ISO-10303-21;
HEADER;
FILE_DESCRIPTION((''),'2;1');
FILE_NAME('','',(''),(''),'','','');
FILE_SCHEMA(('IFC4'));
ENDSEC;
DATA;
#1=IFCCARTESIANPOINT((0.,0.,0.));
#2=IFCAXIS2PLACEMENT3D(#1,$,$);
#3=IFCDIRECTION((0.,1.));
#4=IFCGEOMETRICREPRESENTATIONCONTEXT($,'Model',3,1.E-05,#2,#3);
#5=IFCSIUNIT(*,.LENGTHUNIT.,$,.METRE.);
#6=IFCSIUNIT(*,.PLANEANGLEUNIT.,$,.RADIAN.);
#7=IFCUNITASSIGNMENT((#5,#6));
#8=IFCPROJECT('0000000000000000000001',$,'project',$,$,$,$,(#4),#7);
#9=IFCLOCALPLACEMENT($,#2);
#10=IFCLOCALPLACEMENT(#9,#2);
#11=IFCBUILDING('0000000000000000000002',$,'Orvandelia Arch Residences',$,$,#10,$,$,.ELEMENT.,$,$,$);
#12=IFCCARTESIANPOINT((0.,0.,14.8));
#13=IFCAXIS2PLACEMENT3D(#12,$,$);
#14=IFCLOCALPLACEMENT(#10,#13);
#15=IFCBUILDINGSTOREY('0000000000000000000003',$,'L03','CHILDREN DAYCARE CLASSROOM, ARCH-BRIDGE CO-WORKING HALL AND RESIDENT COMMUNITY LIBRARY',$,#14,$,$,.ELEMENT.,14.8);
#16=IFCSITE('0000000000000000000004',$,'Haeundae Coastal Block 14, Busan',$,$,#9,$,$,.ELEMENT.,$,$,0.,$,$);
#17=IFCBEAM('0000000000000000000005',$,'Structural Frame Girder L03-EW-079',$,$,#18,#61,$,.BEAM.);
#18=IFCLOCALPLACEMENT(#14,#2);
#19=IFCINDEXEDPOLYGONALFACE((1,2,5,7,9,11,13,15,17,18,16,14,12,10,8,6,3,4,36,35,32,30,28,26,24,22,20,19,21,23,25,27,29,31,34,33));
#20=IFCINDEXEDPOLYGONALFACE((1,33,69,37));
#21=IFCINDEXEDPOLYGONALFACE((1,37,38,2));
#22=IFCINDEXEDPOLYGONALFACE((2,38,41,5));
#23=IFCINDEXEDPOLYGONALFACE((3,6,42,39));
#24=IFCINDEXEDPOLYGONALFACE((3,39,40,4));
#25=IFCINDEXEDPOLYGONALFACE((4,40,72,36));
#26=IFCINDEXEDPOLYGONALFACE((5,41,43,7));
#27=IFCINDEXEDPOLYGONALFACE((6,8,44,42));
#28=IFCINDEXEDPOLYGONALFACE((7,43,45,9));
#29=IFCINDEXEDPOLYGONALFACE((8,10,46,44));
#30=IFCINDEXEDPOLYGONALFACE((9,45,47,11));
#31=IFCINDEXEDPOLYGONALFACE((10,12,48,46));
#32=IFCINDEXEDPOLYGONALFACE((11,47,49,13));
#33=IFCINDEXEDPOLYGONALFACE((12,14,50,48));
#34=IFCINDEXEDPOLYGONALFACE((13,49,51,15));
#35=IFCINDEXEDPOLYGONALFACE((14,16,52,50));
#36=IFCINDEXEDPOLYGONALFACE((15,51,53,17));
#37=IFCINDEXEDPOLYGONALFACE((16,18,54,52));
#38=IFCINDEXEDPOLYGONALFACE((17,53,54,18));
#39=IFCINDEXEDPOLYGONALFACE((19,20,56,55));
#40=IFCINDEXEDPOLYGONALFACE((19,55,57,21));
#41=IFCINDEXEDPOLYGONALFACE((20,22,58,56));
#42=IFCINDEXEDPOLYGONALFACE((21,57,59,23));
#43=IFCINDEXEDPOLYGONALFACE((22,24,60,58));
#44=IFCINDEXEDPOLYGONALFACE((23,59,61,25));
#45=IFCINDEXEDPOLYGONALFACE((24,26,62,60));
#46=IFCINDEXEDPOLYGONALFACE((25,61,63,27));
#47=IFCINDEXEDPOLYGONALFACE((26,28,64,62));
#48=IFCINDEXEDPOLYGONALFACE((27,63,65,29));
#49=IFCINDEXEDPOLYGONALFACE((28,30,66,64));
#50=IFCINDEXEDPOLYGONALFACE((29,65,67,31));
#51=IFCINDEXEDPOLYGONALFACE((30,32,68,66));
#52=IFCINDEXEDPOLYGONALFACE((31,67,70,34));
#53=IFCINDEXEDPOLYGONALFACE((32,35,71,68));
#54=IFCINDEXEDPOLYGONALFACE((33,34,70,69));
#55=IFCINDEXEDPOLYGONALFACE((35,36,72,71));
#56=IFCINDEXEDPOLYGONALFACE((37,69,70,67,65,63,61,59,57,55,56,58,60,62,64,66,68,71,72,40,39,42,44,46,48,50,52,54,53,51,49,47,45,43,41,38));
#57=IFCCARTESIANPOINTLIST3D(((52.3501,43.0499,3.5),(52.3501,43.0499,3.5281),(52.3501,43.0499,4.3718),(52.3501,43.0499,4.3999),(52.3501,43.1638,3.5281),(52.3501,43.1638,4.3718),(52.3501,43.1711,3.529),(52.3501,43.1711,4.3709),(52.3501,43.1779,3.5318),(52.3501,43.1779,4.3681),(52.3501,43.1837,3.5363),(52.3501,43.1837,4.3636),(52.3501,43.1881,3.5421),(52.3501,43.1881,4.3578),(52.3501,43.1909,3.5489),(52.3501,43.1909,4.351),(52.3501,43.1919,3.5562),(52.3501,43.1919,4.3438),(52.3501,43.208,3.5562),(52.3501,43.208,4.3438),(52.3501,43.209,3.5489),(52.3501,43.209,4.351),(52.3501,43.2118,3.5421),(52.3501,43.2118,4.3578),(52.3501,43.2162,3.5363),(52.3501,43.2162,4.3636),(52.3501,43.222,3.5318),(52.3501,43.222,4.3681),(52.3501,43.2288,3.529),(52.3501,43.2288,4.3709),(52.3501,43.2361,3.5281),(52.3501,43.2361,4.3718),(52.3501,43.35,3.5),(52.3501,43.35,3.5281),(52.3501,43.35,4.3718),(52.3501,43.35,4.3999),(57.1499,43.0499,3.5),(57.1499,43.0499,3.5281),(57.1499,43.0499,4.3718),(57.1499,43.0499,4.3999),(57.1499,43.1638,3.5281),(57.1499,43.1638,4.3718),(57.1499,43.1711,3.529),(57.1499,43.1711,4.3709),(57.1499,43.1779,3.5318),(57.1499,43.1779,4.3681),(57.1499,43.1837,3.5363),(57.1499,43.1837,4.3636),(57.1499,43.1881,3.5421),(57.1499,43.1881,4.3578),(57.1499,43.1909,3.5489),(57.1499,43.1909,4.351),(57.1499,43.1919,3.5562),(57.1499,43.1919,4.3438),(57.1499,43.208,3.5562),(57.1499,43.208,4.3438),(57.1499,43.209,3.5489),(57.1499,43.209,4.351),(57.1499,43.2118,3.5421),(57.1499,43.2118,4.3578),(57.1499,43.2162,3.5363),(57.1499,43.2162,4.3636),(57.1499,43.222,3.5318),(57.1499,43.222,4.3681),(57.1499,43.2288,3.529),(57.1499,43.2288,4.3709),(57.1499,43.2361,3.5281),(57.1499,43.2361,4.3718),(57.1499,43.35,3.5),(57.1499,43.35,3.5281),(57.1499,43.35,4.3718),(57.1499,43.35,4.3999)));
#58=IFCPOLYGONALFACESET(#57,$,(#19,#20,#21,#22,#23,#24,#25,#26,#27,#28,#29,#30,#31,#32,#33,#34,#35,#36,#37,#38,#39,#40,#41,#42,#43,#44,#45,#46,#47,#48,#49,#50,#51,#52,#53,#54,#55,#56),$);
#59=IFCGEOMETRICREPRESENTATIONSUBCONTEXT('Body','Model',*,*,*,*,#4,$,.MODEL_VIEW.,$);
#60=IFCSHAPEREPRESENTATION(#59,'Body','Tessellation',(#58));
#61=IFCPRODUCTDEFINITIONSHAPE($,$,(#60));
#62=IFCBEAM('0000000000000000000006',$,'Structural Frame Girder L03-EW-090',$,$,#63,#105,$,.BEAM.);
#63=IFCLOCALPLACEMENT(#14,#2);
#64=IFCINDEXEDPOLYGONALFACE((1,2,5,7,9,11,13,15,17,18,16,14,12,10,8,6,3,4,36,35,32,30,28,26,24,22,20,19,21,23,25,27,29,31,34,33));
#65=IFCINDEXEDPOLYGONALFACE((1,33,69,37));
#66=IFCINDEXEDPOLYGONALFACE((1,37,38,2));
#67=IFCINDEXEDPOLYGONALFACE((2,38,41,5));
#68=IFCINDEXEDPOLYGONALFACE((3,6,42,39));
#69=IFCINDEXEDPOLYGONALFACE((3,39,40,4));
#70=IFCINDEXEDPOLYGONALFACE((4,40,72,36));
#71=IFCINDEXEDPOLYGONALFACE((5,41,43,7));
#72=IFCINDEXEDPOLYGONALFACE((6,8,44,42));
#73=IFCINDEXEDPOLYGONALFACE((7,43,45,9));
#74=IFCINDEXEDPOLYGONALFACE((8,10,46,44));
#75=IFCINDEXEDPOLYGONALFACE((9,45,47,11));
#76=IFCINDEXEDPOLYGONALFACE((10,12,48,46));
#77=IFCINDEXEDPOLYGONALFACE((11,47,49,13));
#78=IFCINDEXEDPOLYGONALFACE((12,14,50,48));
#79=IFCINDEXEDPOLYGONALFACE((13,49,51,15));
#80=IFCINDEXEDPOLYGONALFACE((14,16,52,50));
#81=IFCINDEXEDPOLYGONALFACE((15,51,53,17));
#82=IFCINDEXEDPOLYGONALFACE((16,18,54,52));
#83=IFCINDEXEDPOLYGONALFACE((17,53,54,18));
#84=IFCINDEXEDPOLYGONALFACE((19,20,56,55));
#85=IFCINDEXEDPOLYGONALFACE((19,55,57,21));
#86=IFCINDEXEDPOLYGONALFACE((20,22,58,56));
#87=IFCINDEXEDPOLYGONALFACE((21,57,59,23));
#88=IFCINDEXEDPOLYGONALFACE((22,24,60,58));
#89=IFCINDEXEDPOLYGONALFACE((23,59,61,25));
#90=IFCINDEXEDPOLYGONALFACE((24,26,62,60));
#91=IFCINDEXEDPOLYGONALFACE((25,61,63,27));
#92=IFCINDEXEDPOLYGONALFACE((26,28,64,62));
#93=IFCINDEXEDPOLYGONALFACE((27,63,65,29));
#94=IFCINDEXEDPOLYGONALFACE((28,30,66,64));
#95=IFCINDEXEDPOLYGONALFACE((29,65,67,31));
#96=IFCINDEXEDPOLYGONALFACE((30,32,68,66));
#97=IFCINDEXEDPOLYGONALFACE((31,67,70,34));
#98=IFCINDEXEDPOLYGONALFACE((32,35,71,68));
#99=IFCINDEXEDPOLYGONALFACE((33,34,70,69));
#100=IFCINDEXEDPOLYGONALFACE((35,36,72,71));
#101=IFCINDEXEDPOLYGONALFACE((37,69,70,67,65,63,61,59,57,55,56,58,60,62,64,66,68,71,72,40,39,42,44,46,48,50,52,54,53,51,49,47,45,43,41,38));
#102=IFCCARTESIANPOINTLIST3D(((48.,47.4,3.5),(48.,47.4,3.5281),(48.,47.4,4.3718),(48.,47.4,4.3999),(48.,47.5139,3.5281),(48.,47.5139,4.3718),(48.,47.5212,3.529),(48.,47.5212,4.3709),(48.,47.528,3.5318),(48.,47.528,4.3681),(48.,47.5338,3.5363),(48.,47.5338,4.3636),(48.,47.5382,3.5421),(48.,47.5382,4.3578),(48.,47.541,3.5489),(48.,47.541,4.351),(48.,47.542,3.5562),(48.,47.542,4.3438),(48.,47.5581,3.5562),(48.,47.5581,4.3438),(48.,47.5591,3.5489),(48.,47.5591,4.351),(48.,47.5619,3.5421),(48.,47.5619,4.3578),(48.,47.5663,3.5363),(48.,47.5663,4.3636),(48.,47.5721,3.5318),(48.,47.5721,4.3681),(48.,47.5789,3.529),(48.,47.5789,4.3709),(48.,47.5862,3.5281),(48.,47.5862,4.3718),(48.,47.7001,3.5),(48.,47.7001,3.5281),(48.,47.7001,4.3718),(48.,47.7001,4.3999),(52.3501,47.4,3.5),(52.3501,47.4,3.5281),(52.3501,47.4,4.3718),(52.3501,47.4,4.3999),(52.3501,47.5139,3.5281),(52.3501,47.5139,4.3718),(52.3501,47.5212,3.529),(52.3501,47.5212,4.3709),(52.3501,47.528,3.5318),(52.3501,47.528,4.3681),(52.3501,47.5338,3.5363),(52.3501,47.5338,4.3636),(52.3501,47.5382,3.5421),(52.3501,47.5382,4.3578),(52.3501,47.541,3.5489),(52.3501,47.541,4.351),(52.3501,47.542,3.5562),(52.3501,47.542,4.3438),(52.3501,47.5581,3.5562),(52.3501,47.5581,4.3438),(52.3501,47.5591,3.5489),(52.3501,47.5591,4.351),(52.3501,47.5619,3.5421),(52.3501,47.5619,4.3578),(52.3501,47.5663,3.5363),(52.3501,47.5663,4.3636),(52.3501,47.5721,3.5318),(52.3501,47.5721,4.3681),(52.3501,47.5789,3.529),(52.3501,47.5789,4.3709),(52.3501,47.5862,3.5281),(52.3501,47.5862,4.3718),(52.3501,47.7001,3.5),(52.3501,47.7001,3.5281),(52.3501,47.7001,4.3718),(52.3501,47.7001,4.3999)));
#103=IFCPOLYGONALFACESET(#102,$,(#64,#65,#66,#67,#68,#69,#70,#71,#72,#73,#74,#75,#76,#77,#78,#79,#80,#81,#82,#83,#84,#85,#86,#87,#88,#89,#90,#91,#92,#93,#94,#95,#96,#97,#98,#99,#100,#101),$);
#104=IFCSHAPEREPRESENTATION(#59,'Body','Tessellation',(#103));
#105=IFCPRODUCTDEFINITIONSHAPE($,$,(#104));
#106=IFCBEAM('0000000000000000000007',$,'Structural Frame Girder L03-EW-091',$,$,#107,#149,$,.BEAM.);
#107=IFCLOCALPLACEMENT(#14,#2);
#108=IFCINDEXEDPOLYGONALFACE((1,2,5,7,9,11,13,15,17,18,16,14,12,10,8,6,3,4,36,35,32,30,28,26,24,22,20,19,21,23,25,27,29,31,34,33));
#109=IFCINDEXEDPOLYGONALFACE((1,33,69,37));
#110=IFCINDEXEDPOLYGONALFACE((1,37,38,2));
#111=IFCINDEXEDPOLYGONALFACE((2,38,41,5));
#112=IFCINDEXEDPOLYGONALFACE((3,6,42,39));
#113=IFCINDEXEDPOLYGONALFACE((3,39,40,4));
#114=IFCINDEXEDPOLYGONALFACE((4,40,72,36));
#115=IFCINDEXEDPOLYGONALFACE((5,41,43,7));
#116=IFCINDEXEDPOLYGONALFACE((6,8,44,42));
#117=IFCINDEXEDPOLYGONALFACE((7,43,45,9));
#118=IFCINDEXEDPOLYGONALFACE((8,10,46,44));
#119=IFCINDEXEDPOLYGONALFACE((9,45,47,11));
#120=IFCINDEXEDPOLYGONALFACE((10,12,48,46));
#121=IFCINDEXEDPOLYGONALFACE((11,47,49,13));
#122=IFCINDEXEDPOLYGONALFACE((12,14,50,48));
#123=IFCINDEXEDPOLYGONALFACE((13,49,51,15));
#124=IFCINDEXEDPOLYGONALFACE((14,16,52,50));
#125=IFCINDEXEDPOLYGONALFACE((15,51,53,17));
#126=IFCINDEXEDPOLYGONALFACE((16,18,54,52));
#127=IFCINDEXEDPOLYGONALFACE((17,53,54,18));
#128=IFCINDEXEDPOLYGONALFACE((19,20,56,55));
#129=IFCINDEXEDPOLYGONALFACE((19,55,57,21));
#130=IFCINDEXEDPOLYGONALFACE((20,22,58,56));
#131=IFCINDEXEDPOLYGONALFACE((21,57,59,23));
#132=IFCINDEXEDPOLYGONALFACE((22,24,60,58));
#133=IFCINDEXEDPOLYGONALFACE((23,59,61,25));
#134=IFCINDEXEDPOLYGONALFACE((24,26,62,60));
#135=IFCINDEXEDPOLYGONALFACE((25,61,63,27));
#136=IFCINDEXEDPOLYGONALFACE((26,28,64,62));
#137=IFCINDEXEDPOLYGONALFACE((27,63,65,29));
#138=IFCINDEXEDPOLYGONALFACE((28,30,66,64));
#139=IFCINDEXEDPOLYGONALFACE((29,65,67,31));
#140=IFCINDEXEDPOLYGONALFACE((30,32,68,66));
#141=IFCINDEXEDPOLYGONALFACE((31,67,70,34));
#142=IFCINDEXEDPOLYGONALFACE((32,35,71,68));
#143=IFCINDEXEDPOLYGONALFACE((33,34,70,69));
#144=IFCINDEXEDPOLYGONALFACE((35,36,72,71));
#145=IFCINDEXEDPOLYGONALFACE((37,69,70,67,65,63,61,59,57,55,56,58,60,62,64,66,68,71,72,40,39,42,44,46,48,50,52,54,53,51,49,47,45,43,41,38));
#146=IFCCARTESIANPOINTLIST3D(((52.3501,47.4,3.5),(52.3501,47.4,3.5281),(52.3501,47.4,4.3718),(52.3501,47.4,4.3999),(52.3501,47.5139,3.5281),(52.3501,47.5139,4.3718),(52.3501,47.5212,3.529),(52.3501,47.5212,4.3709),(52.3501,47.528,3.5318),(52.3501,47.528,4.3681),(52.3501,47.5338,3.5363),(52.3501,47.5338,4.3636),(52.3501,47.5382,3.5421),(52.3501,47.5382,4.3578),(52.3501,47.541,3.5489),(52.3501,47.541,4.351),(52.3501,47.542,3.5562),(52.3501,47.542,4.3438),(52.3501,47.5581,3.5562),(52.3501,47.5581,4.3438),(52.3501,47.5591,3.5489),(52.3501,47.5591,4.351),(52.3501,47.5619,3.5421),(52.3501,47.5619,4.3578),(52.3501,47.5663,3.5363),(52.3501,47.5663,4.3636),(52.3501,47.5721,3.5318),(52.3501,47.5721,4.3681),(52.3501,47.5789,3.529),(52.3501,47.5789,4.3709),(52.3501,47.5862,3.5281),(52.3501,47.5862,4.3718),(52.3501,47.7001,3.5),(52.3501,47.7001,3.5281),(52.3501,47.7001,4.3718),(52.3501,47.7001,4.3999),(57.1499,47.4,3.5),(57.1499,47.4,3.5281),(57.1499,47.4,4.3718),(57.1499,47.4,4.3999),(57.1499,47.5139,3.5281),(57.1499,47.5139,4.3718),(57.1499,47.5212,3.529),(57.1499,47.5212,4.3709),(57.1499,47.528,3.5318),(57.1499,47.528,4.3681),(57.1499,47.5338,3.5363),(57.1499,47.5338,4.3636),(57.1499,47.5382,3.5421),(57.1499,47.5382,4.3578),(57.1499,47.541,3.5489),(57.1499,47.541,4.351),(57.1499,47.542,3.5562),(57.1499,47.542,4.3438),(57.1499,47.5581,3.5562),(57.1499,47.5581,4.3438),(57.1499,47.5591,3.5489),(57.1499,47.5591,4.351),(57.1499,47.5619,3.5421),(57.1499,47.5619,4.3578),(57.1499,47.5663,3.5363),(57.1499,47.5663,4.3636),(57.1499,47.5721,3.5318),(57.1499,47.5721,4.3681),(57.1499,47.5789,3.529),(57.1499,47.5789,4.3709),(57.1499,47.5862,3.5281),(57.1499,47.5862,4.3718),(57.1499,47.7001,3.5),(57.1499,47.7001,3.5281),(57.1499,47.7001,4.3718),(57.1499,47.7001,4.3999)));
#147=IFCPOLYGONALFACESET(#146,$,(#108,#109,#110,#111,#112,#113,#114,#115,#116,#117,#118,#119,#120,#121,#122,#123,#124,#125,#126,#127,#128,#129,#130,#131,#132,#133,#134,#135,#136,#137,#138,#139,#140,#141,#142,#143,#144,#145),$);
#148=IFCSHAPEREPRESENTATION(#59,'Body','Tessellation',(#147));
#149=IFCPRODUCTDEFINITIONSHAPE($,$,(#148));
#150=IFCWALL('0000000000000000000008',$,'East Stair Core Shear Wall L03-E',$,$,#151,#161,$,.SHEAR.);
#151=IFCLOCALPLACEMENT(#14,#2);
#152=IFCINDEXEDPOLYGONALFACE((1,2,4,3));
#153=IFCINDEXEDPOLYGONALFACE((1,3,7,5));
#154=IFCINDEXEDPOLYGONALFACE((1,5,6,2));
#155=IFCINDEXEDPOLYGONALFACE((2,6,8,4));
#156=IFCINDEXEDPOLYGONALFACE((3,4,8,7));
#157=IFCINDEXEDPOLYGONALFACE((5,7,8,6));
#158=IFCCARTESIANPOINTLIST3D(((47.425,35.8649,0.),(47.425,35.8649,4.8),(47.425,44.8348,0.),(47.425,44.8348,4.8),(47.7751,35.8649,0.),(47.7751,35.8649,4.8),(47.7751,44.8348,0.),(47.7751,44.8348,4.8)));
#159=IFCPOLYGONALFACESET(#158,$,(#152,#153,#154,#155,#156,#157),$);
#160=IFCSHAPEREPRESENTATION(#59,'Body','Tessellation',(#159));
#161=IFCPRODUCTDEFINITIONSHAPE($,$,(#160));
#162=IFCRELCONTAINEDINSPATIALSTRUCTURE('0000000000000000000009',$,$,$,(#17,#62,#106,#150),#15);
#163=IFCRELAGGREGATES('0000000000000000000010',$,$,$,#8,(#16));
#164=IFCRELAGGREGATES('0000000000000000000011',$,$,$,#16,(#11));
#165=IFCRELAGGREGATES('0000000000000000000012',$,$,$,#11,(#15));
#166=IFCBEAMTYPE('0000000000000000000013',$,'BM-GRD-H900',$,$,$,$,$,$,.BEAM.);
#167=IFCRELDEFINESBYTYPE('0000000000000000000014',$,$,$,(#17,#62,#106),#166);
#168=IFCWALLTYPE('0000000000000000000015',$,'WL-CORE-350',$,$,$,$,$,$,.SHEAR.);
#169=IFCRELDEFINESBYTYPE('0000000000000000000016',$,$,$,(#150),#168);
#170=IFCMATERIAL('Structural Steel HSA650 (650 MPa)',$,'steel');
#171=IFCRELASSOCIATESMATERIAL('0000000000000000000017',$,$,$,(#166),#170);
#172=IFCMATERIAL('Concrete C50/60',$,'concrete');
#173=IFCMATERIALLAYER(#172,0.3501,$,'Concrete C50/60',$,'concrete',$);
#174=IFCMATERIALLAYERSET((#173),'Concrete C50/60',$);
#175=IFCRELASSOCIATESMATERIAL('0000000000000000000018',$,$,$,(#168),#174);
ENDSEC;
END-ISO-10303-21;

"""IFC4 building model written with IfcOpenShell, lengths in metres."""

from ifc_helpers import new_model, si_unit, direction, frame, frame_2d, origin, origin_2d, place, context, subcontext, project, spatial, rectangle, i_section, extrude, material, layer, layer_set, material_profile, profile_set, type_object, element, save


model = new_model("IFC4")

# Units and contexts
model_context = context("Model", 3, precision=1e-05, world=origin(), true_north=direction((0.0, 1.0)))
body_context = subcontext(model_context, "Body", "Model", "MODEL_VIEW")
ifc_project = project(units=[si_unit("LENGTHUNIT", "METRE"), si_unit("PLANEANGLEUNIT", "RADIAN")], contexts=[model_context])

# Site, building, storey
site_placement = place(None, origin())
site = spatial("IfcSite", under=ifc_project, at=site_placement, Name="Haeundae Coastal Block 14, Busan", CompositionType="ELEMENT", RefElevation=0.0)
building_placement = place(site_placement, origin())
building = spatial("IfcBuilding", under=site, at=building_placement, Name="Orvandelia Arch Residences", CompositionType="ELEMENT")
storey_placement = place(building_placement, frame((0.0, 0.0, 14.8)))
storey = spatial("IfcBuildingStorey", under=building, at=storey_placement, Name="L03", Description="CHILDREN DAYCARE CLASSROOM, ARCH-BRIDGE CO-WORKING HALL AND RESIDENT COMMUNITY LIBRARY", CompositionType="ELEMENT", Elevation=14.8)

# Beams
ifc_material_1 = material(Name="Structural Steel HSA650 (650 MPa)", Category="steel")
ifc_material_profile_1 = material_profile(ifc_material_1, i_section(OverallWidth=0.3, OverallDepth=0.8999, WebThickness=0.0161, FlangeThickness=0.0281, FilletRadius=0.0281, at=origin_2d()), Name="Structural Steel HSA650 (650 MPa)", Category="steel")
ifc_profile_set_1 = profile_set([ifc_material_profile_1], Name="Structural Steel HSA650 (650 MPa)")
beam_type = type_object("IfcBeamType", Name="BM-GRD-H900", PredefinedType="BEAM", material=ifc_profile_set_1)
for number, where, z_axis, x_axis, name in (
    (1, (52.3501, 43.2, 3.95), (1.0, 0.0, 0.0), (0.0, 1.0, 0.0), "Structural Frame Girder L03-EW-079"),
):
    element("IfcBeam", number, at=place(storey_placement, frame(where, z_axis=z_axis, x_axis=x_axis)), inside=storey, type_object=beam_type, Name=name, PredefinedType="BEAM", context=body_context, shape_type="SweptSolid", body=[
        extrude(i_section(OverallWidth=0.3, OverallDepth=0.8999, WebThickness=0.0161, FlangeThickness=0.0281, FilletRadius=0.0281, at=origin_2d()), origin(), (0.0, 0.0, 1.0), 4.7998),
    ])
beam_1_placement = place(storey_placement, frame((48.0, 47.55, 3.95), z_axis=(1.0, 0.0, 0.0), x_axis=(0.0, 1.0, 0.0)))
element("IfcBeam", 2, at=beam_1_placement, inside=storey, type_object=beam_type, Name="Structural Frame Girder L03-EW-090", PredefinedType="BEAM", context=body_context, shape_type="SweptSolid", body=[
    extrude(i_section(OverallWidth=0.3, OverallDepth=0.8999, WebThickness=0.0161, FlangeThickness=0.0281, FilletRadius=0.0281, at=origin_2d()), origin(), (0.0, 0.0, 1.0), 4.3501),
])
beam_2_placement = place(storey_placement, frame((52.3501, 47.55, 3.95), z_axis=(1.0, 0.0, 0.0), x_axis=(0.0, 1.0, 0.0)))
element("IfcBeam", 3, at=beam_2_placement, inside=storey, type_object=beam_type, Name="Structural Frame Girder L03-EW-091", PredefinedType="BEAM", context=body_context, shape_type="SweptSolid", body=[
    extrude(i_section(OverallWidth=0.3, OverallDepth=0.8999, WebThickness=0.0161, FlangeThickness=0.0281, FilletRadius=0.0281, at=origin_2d()), origin(), (0.0, 0.0, 1.0), 4.7998),
])

# Wall
ifc_material_2 = material(Name="Concrete C50/60", Category="concrete")
ifc_layer_1 = layer(ifc_material_2, 0.3501, Name="Concrete C50/60", Category="concrete")
ifc_layer_set_1 = layer_set([ifc_layer_1], Name="Concrete C50/60")
wall_type_1 = type_object("IfcWallType", Name="WL-CORE-350", PredefinedType="SHEAR", material=ifc_layer_set_1)
wall_1_placement = place(storey_placement, frame((47.6001, 35.865, 0.0), z_axis=(0.0, 0.0, 1.0), x_axis=(0.0, 1.0, 0.0)))
element("IfcWall", 4, at=wall_1_placement, inside=storey, type_object=wall_type_1, Name="East Stair Core Shear Wall L03-E", PredefinedType="SHEAR", context=body_context, shape_type="SweptSolid", body=[
    extrude(rectangle(XDim=8.97, YDim=0.3501, at=frame_2d((4.4849, 0.0))), origin(), (0.0, 0.0, 1.0), 4.8),
])

save(model, "model.ifc")
